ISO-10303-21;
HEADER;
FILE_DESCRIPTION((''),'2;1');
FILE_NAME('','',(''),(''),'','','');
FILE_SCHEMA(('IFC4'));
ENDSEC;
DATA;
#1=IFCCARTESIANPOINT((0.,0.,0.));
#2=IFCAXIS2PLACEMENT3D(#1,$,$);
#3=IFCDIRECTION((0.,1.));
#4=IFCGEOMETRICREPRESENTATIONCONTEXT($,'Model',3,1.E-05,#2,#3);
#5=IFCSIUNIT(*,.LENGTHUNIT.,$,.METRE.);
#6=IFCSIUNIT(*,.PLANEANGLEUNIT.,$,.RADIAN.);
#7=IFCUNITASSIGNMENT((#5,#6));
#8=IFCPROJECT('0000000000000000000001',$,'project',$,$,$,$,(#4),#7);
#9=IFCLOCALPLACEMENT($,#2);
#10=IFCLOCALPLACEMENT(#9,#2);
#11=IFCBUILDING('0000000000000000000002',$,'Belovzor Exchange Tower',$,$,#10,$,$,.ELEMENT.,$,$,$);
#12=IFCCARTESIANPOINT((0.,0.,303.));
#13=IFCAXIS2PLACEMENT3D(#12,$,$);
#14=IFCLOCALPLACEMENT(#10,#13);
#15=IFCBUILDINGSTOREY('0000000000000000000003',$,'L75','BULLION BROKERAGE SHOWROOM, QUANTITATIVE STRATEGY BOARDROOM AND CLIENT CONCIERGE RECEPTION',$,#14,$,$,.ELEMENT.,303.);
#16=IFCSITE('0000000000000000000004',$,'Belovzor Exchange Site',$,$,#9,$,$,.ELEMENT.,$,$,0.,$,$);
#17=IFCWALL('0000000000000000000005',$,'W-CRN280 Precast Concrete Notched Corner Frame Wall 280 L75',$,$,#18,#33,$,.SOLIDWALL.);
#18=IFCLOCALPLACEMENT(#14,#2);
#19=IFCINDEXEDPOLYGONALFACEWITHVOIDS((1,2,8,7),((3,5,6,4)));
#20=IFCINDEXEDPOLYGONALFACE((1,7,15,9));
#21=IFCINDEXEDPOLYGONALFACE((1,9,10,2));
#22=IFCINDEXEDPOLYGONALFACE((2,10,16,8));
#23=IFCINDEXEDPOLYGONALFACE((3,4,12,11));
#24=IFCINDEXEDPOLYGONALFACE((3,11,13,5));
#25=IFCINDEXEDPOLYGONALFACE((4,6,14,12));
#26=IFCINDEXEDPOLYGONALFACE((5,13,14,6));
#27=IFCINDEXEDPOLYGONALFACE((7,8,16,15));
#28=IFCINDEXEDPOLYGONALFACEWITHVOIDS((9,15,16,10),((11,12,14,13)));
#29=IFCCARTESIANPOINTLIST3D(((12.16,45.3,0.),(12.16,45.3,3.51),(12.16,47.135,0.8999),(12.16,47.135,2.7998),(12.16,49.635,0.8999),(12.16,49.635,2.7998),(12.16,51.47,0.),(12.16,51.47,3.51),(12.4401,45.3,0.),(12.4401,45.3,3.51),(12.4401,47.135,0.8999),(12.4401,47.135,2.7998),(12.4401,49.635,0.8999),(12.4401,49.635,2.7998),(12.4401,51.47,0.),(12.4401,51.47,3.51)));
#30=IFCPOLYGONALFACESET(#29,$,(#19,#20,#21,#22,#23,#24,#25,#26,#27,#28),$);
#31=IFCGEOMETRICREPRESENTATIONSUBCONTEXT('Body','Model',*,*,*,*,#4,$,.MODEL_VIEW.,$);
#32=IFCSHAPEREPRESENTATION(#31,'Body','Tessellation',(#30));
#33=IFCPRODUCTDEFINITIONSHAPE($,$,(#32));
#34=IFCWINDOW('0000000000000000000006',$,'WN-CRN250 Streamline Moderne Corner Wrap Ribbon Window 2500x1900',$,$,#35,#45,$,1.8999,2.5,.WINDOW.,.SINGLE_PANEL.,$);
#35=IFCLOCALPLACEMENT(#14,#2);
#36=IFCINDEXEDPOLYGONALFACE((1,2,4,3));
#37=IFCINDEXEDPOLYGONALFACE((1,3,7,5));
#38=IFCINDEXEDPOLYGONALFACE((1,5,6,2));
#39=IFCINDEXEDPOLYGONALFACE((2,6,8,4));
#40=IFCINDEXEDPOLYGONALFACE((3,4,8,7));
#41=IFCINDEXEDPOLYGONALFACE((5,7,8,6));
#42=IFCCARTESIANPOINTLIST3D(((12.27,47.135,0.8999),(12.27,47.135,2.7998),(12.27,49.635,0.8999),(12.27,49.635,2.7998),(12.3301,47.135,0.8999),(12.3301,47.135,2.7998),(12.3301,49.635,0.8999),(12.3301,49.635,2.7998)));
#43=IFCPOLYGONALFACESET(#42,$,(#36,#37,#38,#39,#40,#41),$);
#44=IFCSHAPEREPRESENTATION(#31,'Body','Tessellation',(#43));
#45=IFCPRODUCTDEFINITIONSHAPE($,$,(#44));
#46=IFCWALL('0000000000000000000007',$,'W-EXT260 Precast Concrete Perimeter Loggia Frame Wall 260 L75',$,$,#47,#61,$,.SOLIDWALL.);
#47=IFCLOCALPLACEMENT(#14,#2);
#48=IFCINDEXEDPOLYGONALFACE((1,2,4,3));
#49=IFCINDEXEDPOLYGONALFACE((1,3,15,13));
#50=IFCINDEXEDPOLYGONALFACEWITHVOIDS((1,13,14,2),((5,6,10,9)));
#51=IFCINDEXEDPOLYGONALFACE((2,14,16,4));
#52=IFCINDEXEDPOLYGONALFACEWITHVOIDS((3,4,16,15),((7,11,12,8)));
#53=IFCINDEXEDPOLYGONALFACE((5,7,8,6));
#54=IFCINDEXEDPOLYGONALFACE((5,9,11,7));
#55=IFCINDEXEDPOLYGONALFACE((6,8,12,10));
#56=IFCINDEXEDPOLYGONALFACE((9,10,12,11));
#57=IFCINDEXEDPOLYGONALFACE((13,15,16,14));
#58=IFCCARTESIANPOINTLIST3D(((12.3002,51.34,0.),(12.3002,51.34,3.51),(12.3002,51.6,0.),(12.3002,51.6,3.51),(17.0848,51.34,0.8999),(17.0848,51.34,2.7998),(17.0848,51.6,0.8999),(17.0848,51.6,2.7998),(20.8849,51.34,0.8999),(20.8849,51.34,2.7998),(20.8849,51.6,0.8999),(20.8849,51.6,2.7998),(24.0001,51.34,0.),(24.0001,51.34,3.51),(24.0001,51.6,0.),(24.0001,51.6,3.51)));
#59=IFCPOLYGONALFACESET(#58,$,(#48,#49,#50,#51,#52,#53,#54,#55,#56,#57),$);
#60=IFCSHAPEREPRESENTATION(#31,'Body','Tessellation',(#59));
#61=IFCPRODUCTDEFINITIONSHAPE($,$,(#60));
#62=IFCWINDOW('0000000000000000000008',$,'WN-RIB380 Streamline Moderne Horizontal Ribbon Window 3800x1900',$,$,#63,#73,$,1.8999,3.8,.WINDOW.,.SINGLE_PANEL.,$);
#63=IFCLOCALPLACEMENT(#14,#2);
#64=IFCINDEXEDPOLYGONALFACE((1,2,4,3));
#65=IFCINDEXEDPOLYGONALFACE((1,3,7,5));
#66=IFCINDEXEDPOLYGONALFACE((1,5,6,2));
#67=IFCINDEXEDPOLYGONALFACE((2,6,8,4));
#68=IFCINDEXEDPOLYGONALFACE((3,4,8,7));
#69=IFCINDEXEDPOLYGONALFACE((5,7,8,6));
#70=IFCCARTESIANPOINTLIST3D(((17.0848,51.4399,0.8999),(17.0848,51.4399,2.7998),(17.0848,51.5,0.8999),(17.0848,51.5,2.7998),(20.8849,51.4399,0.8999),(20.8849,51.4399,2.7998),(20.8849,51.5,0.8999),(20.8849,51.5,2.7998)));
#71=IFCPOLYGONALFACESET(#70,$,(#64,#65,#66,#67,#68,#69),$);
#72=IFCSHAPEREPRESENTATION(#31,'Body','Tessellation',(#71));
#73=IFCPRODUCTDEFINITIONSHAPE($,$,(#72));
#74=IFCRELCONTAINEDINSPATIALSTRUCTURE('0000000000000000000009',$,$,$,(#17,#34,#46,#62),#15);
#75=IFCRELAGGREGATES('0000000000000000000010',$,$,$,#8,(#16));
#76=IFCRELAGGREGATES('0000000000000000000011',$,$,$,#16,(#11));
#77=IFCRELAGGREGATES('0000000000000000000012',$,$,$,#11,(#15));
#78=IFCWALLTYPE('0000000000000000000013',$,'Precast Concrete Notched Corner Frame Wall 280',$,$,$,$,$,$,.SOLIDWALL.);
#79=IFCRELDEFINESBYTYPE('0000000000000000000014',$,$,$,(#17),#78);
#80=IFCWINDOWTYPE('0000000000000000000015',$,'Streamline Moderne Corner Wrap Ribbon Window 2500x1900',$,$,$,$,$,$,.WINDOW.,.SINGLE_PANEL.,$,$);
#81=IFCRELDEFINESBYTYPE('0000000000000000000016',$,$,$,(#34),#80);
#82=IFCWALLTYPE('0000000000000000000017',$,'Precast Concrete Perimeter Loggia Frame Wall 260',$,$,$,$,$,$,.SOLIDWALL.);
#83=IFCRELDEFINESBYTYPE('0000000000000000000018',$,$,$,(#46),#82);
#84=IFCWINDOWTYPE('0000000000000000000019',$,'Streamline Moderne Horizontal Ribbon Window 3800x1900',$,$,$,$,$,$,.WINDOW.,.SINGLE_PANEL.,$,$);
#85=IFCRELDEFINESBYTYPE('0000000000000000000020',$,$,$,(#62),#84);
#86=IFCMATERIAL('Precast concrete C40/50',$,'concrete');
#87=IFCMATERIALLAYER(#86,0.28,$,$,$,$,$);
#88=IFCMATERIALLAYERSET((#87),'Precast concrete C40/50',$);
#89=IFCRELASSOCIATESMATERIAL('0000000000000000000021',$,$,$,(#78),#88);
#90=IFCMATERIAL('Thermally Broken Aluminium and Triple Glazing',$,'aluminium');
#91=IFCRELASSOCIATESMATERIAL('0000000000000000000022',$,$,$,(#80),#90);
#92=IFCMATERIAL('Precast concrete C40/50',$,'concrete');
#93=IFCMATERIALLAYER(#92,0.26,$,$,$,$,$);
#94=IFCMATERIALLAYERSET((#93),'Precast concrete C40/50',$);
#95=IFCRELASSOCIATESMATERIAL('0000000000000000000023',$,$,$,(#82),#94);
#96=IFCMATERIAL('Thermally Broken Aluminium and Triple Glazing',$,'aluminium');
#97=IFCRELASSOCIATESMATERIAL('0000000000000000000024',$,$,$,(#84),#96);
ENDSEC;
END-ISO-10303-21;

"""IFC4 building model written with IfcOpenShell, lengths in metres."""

from ifc_helpers import new_model, si_unit, direction, frame, frame_2d, origin, place, context, subcontext, project, spatial, rectangle, extrude, material, layer, layer_set, type_object, element, fill, save


model = new_model("IFC4")

# Units and contexts
model_context = context("Model", 3, precision=1e-05, world=origin(), true_north=direction((0.0, 1.0)))
body_context = subcontext(model_context, "Body", "Model", "MODEL_VIEW")
ifc_project = project(units=[si_unit("LENGTHUNIT", "METRE"), si_unit("PLANEANGLEUNIT", "RADIAN")], contexts=[model_context])

# Site, building, storey
site_placement = place(None, origin())
site = spatial("IfcSite", under=ifc_project, at=site_placement, Name="Belovzor Exchange Site", CompositionType="ELEMENT", RefElevation=0.0)
building_placement = place(site_placement, origin())
building = spatial("IfcBuilding", under=site, at=building_placement, Name="Belovzor Exchange Tower", CompositionType="ELEMENT")
storey_placement = place(building_placement, frame((0.0, 0.0, 303.0)))
storey = spatial("IfcBuildingStorey", under=building, at=storey_placement, Name="L75", Description="BULLION BROKERAGE SHOWROOM, QUANTITATIVE STRATEGY BOARDROOM AND CLIENT CONCIERGE RECEPTION", CompositionType="ELEMENT", Elevation=303.0)

# Walls, openings, windows
ifc_material_1 = material(Name="Precast concrete C40/50", Category="concrete")
ifc_layer_1 = layer(ifc_material_1, 0.28)
ifc_layer_set_1 = layer_set([ifc_layer_1], Name="Precast concrete C40/50")
wall_type_1 = type_object("IfcWallType", Name="Precast Concrete Notched Corner Frame Wall 280", PredefinedType="SOLIDWALL", material=ifc_layer_set_1)
ifc_material_2 = material(Name="Thermally Broken Aluminium and Triple Glazing", Category="aluminium")
window_type_1 = type_object("IfcWindowType", Name="Streamline Moderne Corner Wrap Ribbon Window 2500x1900", PartitioningType="SINGLE_PANEL", PredefinedType="WINDOW", material=ifc_material_2)
wall_1_placement = place(storey_placement, frame((12.3, 45.3, 0.0), z_axis=(0.0, 0.0, 1.0), x_axis=(0.0, 1.0, 0.0)))
wall_1 = element("IfcWall", 1, at=wall_1_placement, inside=storey, type_object=wall_type_1, Name="W-CRN280 Precast Concrete Notched Corner Frame Wall 280 L75", PredefinedType="SOLIDWALL", context=body_context, shape_type="SweptSolid", body=[
    extrude(rectangle(XDim=6.1699, YDim=0.28, at=frame_2d((3.085, 0.0))), origin(), (0.0, 0.0, 1.0), 3.51),
])
opening_1_placement = place(wall_1_placement, frame((1.835, 0.0, 0.8999)))
opening_1 = element("IfcOpeningElement", 2, at=opening_1_placement, cuts=wall_1, PredefinedType="OPENING", context=body_context, shape_type="SweptSolid", body=[
    extrude(rectangle(XDim=2.5, YDim=1.8999, at=frame_2d((1.25, 0.95))), frame((0.0, 0.1499, 0.0), z_axis=(0.0, -1.0, 0.0), x_axis=(1.0, 0.0, 0.0)), (0.0, 0.0, 1.0), 0.3),
])
window_1_placement = place(opening_1_placement, origin())
window_1 = element("IfcWindow", 3, at=window_1_placement, inside=storey, type_object=window_type_1, Name="WN-CRN250 Streamline Moderne Corner Wrap Ribbon Window 2500x1900", OverallHeight=1.8999, OverallWidth=2.5, PartitioningType="SINGLE_PANEL", PredefinedType="WINDOW", context=body_context, shape_type="SweptSolid", body=[
    extrude(rectangle(XDim=2.5, YDim=1.8999, at=frame_2d((1.25, 0.95))), frame((0.0, 0.03, 0.0), z_axis=(0.0, -1.0, 0.0), x_axis=(1.0, 0.0, 0.0)), (0.0, 0.0, 1.0), 0.0601),
])
fill(opening_1, window_1)
ifc_material_3 = material(Name="Precast concrete C40/50", Category="concrete")
ifc_layer_2 = layer(ifc_material_3, 0.26)
ifc_layer_set_2 = layer_set([ifc_layer_2], Name="Precast concrete C40/50")
wall_type_2 = type_object("IfcWallType", Name="Precast Concrete Perimeter Loggia Frame Wall 260", PredefinedType="SOLIDWALL", material=ifc_layer_set_2)
wall_2_placement = place(storey_placement, frame((12.3, 51.47, 0.0), z_axis=(0.0, 0.0, 1.0), x_axis=(1.0, 0.0, 0.0)))
wall_2 = element("IfcWall", 4, at=wall_2_placement, inside=storey, type_object=wall_type_2, Name="W-EXT260 Precast Concrete Perimeter Loggia Frame Wall 260 L75", PredefinedType="SOLIDWALL", context=body_context, shape_type="SweptSolid", body=[
    extrude(rectangle(XDim=11.7, YDim=0.26, at=frame_2d((5.8501, 0.0))), origin(), (0.0, 0.0, 1.0), 3.51),
])
opening_2_placement = place(wall_2_placement, frame((4.7849, 0.0, 0.8999)))
opening_2 = element("IfcOpeningElement", 5, at=opening_2_placement, cuts=wall_2, PredefinedType="OPENING", context=body_context, shape_type="SweptSolid", body=[
    extrude(rectangle(XDim=3.8, YDim=1.8999, at=frame_2d((1.8999, 0.95))), frame((0.0, 0.1399, 0.0), z_axis=(0.0, -1.0, 0.0), x_axis=(1.0, 0.0, 0.0)), (0.0, 0.0, 1.0), 0.28),
])
ifc_material_4 = material(Name="Thermally Broken Aluminium and Triple Glazing", Category="aluminium")
window_type_2 = type_object("IfcWindowType", Name="Streamline Moderne Horizontal Ribbon Window 3800x1900", PartitioningType="SINGLE_PANEL", PredefinedType="WINDOW", material=ifc_material_4)
window_2_placement = place(opening_2_placement, origin())
window_2 = element("IfcWindow", 6, at=window_2_placement, inside=storey, type_object=window_type_2, Name="WN-RIB380 Streamline Moderne Horizontal Ribbon Window 3800x1900", OverallHeight=1.8999, OverallWidth=3.8, PartitioningType="SINGLE_PANEL", PredefinedType="WINDOW", context=body_context, shape_type="SweptSolid", body=[
    extrude(rectangle(XDim=3.8, YDim=1.8999, at=frame_2d((1.8999, 0.95))), frame((0.0, 0.03, 0.0), z_axis=(0.0, -1.0, 0.0), x_axis=(1.0, 0.0, 0.0)), (0.0, 0.0, 1.0), 0.0601),
])
fill(opening_2, window_2)

save(model, "model.ifc")
